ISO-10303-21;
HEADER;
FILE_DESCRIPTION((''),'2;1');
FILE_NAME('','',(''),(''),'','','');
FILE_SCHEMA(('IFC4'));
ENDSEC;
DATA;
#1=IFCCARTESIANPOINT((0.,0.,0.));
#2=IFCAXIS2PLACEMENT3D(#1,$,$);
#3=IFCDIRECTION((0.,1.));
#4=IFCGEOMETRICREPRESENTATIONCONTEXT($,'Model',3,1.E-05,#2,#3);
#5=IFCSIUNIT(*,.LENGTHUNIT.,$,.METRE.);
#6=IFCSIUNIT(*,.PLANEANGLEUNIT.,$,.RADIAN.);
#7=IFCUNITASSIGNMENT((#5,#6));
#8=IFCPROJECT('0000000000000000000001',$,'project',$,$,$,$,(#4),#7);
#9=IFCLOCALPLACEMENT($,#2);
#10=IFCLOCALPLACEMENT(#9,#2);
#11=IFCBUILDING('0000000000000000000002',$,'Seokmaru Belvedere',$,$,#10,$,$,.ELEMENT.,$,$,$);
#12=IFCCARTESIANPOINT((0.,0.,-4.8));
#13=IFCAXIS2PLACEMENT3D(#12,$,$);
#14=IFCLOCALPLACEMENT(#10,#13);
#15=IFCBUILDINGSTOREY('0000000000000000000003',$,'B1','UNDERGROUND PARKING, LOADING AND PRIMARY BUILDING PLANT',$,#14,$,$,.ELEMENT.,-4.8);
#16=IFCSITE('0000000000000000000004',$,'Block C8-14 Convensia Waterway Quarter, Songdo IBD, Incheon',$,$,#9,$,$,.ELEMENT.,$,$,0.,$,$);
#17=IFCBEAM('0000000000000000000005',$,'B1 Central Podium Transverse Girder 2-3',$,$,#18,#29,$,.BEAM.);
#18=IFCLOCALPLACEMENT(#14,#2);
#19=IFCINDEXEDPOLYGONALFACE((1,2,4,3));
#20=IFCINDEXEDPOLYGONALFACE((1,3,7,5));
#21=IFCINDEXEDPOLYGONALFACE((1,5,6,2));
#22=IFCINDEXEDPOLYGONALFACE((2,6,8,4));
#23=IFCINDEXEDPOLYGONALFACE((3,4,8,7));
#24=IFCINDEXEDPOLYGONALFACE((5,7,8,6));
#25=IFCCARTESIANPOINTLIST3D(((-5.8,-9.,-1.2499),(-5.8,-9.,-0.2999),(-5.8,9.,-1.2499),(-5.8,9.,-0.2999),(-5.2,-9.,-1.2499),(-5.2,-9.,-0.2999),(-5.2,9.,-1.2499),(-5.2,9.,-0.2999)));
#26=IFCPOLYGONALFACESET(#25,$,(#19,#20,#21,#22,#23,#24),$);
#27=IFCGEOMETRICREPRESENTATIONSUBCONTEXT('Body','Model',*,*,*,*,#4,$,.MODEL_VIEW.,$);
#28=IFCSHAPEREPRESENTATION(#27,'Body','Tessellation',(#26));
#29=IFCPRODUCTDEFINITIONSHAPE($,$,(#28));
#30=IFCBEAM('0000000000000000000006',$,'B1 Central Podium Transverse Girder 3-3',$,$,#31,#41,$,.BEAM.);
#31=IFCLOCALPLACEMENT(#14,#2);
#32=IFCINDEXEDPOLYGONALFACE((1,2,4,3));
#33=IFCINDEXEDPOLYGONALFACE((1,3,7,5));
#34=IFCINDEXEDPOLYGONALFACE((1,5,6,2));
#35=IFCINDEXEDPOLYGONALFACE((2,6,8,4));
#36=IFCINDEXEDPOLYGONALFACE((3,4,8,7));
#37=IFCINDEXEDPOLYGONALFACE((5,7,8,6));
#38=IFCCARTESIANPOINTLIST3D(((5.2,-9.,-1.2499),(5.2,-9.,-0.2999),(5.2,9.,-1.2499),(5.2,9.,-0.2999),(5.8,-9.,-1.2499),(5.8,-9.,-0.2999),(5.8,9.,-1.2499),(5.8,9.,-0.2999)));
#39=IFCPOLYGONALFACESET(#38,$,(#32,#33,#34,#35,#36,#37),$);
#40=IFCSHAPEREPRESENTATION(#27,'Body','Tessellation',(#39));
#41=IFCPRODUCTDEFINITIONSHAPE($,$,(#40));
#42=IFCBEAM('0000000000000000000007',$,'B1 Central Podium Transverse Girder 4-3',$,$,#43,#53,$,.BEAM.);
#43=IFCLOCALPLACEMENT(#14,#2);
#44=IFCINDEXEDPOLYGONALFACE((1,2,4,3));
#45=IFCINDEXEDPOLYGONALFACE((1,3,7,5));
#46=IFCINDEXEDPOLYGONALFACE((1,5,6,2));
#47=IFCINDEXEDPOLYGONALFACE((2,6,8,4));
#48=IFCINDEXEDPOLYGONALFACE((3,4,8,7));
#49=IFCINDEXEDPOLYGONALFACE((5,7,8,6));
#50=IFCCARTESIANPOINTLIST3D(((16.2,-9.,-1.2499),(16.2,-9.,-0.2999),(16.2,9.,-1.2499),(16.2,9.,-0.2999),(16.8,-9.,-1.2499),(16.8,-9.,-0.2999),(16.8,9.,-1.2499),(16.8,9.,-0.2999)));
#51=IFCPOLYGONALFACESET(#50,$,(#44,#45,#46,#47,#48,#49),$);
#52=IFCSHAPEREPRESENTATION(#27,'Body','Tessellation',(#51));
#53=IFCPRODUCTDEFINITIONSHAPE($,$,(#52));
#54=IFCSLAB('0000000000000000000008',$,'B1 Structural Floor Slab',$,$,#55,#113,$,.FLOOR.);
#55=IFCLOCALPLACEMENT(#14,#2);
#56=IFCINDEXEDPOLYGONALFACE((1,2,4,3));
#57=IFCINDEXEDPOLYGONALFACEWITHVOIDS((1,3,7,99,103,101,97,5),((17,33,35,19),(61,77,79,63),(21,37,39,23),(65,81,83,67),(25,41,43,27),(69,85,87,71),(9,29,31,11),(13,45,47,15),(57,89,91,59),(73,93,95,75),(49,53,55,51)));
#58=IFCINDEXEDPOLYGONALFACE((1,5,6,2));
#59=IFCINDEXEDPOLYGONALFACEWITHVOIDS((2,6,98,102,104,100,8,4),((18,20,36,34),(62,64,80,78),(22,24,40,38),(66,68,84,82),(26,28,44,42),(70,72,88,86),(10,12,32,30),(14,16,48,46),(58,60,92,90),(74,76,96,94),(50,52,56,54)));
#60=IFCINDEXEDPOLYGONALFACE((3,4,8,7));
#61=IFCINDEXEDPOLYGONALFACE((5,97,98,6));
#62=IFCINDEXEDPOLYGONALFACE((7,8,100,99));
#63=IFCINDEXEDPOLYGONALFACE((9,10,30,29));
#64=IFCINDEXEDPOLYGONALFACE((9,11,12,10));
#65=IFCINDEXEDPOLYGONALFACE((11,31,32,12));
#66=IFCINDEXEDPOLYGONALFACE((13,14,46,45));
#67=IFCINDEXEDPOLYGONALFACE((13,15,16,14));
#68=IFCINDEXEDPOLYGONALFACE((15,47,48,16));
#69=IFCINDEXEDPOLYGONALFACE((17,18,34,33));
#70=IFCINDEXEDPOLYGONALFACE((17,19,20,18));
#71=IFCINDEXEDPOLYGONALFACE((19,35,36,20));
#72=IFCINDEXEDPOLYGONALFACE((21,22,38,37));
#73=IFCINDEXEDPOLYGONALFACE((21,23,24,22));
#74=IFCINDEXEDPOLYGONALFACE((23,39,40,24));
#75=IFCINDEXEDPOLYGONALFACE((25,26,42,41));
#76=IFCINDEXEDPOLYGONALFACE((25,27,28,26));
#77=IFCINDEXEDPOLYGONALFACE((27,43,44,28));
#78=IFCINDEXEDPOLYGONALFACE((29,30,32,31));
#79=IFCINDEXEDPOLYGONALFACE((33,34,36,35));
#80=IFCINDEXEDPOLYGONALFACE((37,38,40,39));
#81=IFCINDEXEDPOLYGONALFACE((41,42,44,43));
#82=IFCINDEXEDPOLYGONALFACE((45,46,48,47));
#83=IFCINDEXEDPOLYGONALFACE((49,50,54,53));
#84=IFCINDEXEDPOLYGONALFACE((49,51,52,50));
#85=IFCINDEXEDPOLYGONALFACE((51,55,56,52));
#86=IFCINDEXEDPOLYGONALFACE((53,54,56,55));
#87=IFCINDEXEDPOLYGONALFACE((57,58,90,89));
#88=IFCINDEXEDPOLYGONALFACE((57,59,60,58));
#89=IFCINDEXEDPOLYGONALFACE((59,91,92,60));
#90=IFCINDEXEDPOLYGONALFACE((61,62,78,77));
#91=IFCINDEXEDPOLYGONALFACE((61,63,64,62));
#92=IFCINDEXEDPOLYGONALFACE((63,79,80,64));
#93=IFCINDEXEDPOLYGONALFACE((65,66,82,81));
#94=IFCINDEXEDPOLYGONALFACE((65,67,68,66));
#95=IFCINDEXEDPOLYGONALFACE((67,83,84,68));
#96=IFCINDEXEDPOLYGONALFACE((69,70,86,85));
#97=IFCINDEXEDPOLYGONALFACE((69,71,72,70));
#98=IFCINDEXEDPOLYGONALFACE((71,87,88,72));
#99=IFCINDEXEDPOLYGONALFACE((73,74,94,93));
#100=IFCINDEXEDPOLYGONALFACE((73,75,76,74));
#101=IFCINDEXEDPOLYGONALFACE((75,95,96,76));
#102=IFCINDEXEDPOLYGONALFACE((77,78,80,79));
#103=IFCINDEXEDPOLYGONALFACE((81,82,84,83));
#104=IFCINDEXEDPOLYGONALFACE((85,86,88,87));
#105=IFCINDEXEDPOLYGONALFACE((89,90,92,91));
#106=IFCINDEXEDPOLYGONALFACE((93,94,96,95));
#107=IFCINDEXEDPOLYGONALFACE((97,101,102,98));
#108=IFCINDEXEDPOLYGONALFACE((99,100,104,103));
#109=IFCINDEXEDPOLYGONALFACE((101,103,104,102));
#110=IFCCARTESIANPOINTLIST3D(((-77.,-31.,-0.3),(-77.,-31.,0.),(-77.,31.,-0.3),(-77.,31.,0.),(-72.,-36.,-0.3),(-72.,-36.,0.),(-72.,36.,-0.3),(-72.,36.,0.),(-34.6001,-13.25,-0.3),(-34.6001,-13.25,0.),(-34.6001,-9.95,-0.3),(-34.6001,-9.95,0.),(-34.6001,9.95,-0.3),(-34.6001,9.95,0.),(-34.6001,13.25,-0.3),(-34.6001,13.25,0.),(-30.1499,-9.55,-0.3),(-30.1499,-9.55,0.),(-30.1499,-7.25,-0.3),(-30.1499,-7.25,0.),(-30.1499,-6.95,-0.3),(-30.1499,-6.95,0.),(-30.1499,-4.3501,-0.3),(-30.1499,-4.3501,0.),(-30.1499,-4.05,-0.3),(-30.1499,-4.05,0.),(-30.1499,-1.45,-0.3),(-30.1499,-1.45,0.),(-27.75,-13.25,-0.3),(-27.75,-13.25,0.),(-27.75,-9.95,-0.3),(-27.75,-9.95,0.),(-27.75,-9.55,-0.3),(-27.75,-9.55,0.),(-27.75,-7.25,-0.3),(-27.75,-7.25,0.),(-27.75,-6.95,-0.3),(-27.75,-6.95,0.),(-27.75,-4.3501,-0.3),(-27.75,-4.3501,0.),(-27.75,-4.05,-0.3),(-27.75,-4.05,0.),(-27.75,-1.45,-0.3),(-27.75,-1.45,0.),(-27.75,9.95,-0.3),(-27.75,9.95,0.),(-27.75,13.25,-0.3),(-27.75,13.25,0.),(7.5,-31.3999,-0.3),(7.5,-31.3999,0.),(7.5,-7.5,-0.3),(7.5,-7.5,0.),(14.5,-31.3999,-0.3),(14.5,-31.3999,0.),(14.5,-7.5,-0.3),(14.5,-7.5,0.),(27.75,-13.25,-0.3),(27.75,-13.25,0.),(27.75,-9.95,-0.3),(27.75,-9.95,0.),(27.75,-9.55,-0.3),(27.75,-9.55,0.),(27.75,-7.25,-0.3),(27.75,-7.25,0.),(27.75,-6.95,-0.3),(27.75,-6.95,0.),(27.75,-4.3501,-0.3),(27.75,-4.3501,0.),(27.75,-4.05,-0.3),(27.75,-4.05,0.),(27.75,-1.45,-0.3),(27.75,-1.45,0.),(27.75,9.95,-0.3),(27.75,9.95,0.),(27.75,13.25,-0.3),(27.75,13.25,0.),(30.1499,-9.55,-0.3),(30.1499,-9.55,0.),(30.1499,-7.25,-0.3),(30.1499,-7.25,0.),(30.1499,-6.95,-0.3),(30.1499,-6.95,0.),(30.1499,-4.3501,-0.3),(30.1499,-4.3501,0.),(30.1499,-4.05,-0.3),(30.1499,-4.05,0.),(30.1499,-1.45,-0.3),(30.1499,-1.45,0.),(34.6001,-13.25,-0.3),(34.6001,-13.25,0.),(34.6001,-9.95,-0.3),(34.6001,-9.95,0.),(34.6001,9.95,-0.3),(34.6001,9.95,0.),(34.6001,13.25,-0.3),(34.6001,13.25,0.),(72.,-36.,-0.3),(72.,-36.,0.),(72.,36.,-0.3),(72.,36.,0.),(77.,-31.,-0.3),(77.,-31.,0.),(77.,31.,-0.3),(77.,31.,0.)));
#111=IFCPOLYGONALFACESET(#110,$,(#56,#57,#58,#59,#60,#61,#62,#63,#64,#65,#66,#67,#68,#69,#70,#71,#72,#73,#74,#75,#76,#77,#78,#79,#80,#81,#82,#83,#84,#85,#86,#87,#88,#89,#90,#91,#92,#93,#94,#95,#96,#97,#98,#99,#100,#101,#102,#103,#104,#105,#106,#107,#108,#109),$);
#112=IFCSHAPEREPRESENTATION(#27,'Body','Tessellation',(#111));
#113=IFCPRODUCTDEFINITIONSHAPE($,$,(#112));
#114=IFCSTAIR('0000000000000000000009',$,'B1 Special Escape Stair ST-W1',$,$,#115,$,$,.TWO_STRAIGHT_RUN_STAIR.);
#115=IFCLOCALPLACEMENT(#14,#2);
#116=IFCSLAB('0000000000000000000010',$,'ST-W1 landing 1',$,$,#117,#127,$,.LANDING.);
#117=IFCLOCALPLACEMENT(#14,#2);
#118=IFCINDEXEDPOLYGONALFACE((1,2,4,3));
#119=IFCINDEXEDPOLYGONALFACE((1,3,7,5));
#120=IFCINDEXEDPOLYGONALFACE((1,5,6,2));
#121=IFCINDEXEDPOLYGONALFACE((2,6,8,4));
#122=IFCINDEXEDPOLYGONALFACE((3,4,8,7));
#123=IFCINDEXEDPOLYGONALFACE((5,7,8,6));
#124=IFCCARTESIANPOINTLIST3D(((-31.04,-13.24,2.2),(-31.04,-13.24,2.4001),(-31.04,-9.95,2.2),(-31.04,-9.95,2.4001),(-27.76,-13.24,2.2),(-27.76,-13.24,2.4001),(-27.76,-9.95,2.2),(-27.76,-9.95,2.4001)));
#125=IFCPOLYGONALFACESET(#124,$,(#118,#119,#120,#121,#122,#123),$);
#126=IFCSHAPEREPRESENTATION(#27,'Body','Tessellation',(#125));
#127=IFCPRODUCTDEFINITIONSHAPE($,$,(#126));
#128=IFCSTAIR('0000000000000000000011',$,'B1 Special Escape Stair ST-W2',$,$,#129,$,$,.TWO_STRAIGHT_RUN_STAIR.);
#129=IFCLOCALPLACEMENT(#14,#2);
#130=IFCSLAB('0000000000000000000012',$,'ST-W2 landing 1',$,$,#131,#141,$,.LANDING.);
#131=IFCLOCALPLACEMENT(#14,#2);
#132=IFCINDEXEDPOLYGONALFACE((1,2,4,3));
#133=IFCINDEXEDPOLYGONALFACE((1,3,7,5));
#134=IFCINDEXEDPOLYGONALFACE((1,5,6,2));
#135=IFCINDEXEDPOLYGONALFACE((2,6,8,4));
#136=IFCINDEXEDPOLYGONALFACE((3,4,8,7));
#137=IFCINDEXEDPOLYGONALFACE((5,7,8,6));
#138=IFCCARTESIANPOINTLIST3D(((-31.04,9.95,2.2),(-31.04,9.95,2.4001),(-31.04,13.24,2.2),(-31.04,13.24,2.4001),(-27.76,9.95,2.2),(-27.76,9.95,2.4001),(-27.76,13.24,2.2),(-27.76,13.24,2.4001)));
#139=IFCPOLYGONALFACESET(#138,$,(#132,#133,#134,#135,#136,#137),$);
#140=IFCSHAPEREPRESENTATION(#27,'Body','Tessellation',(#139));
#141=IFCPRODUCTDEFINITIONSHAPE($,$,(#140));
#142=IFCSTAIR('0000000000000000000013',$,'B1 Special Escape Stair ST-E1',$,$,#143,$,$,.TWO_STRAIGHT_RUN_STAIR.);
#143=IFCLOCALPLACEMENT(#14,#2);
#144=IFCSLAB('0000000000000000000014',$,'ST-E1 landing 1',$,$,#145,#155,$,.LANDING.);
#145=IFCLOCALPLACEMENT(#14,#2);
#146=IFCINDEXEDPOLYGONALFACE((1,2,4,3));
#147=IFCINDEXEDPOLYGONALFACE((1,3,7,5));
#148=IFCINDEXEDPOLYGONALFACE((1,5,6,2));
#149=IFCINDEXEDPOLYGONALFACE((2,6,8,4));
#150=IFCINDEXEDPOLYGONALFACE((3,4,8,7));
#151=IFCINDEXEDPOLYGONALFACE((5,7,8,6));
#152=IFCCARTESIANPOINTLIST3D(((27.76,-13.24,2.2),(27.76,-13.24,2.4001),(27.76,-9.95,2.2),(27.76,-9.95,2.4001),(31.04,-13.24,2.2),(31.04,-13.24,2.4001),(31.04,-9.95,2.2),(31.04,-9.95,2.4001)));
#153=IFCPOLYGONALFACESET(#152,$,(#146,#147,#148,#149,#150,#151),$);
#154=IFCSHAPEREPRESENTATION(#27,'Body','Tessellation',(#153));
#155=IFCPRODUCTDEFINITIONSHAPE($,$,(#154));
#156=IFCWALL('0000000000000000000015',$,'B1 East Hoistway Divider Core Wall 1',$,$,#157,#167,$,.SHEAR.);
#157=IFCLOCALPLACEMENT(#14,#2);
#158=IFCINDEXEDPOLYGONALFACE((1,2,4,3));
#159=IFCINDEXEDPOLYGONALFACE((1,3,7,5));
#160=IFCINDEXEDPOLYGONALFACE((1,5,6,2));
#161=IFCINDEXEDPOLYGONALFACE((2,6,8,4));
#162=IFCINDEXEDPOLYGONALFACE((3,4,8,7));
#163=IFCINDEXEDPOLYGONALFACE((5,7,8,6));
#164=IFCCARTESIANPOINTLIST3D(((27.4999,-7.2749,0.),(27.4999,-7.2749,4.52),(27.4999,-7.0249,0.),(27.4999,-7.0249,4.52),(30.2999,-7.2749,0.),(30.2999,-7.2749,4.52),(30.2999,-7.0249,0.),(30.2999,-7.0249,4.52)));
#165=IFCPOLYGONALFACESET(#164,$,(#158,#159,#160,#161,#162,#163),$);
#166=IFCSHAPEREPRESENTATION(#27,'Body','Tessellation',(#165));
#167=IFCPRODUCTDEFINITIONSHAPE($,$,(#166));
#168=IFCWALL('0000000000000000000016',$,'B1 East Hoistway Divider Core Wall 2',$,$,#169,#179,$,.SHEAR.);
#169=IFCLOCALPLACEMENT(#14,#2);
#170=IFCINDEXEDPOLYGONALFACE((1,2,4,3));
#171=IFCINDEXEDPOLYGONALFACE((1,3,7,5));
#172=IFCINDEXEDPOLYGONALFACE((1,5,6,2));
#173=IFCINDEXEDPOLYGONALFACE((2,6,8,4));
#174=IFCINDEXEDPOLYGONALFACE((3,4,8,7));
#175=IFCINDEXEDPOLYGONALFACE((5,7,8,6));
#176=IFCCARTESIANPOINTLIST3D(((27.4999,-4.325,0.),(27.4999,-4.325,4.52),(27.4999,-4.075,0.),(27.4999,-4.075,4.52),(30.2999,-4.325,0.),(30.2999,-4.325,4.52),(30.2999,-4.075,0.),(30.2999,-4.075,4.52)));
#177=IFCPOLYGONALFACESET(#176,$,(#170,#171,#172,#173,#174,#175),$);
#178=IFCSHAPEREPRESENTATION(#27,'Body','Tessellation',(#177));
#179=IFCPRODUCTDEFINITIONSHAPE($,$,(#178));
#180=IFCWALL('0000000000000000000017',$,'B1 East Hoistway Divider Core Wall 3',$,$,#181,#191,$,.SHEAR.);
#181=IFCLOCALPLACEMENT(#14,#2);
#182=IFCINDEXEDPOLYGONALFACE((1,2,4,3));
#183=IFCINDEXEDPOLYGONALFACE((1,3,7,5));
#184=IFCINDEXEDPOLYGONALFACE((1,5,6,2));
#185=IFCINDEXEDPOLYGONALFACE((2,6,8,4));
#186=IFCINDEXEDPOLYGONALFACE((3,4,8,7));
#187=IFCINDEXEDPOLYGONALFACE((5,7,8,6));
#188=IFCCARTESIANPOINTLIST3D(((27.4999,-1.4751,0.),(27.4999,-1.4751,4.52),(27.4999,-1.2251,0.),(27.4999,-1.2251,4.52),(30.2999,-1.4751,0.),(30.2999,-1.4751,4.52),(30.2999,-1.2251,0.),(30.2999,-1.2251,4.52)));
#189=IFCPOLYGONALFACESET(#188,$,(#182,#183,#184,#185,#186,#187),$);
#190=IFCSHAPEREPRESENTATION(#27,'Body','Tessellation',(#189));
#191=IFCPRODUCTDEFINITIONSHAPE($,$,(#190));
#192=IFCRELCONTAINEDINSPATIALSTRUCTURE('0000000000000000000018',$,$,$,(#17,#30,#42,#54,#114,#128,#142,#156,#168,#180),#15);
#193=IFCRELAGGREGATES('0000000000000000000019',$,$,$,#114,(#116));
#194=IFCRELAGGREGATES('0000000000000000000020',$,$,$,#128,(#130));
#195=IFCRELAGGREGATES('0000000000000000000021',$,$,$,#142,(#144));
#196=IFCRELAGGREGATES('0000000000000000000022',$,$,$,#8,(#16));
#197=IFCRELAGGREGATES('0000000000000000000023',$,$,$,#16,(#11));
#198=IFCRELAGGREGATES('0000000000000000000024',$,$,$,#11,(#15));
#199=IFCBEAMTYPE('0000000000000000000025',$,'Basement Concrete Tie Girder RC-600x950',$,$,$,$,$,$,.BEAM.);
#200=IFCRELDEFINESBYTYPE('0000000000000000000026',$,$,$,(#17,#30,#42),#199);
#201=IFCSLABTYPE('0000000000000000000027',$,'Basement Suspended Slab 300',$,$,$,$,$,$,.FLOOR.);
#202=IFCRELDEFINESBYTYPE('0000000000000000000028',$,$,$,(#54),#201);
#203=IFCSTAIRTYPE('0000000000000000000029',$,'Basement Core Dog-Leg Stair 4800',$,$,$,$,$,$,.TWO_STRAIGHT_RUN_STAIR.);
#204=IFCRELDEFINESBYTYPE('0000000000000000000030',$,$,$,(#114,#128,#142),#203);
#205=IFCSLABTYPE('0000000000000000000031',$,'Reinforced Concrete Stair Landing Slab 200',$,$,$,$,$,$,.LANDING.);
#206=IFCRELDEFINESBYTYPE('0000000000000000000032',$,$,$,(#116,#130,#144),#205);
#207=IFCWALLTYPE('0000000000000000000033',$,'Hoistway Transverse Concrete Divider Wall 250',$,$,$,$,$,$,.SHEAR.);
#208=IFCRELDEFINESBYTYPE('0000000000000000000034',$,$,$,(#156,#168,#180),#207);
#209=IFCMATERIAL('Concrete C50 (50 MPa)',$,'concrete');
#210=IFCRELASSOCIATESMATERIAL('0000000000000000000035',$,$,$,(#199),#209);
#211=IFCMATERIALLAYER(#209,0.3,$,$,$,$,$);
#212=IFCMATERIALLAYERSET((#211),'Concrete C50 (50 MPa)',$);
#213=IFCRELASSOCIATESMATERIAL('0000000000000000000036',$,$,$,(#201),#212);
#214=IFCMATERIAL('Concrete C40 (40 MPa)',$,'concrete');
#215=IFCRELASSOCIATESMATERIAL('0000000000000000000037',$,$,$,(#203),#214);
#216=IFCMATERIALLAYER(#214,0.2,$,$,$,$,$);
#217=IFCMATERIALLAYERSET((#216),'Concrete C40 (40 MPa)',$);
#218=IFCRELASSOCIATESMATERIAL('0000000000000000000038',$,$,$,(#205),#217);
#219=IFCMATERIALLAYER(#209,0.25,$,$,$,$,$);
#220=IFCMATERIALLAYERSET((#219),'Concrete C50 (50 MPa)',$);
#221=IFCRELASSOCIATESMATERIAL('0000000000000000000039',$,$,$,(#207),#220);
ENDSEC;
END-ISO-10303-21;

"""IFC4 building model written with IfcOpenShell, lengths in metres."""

from ifc_helpers import new_model, si_unit, direction, frame, frame_2d, origin, origin_2d, place, context, subcontext, project, spatial, polyline, rectangle, outline, extrude, source, transform, mapped, material, layer, layer_set, material_profile, profile_set, type_object, element, aggregate, save


model = new_model("IFC4")

# Units and contexts
model_context = context("Model", 3, precision=1e-05, world=origin(), true_north=direction((0.0, 1.0)))
body_context = subcontext(model_context, "Body", "Model", "MODEL_VIEW")
ifc_project = project(units=[si_unit("LENGTHUNIT", "METRE"), si_unit("PLANEANGLEUNIT", "RADIAN")], contexts=[model_context])

# Site, building, storey
site_placement = place(None, origin())
site = spatial("IfcSite", under=ifc_project, at=site_placement, Name="Block C8-14 Convensia Waterway Quarter, Songdo IBD, Incheon", CompositionType="ELEMENT", RefElevation=0.0)
building_placement = place(site_placement, origin())
building = spatial("IfcBuilding", under=site, at=building_placement, Name="Seokmaru Belvedere", CompositionType="ELEMENT")
storey_placement = place(building_placement, frame((0.0, 0.0, -4.8)))
storey = spatial("IfcBuildingStorey", under=building, at=storey_placement, Name="B1", Description="UNDERGROUND PARKING, LOADING AND PRIMARY BUILDING PLANT", CompositionType="ELEMENT", Elevation=-4.8)

# Beams
ifc_material_1 = material(Name="Concrete C50 (50 MPa)", Category="concrete")
ifc_material_profile_1 = material_profile(ifc_material_1, rectangle(XDim=0.6001, YDim=0.95, at=origin_2d()), Name="RC-600x950")
ifc_profile_set_1 = profile_set([ifc_material_profile_1], Name="Concrete C50 (50 MPa)")
beam_type_1 = type_object("IfcBeamType", Name="Basement Concrete Tie Girder RC-600x950", PredefinedType="BEAM", material=ifc_profile_set_1)
shared_shape_1 = source(origin(), body_context, "Body", "SweptSolid", [
    extrude(rectangle(XDim=0.6001, YDim=0.95, at=origin_2d()), origin(), (0.0, 0.0, 1.0), 18.0),
])
for number, where, z_axis, x_axis, name in (
    (1, (-5.5, -9.0, -0.7749), (0.0, 1.0, 0.0), (-1.0, 0.0, 0.0), "B1 Central Podium Transverse Girder 2-3"),
    (2, (5.5, -9.0, -0.7749), (0.0, 1.0, 0.0), (-1.0, 0.0, 0.0), "B1 Central Podium Transverse Girder 3-3"),
    (3, (16.5, -9.0, -0.7749), (0.0, 1.0, 0.0), (-1.0, 0.0, 0.0), "B1 Central Podium Transverse Girder 4-3"),
):
    element("IfcBeam", number, at=place(storey_placement, frame(where, z_axis=z_axis, x_axis=x_axis)), inside=storey, type_object=beam_type_1, Name=name, PredefinedType="BEAM", context=body_context, shape_type="MappedRepresentation", body=[
        mapped(shared_shape_1, transform((0.0, 0.0, 0.0), scale=1.0)),
    ])

# Slab
ifc_layer_1 = layer(ifc_material_1, 0.3)
ifc_layer_set_1 = layer_set([ifc_layer_1], Name="Concrete C50 (50 MPa)")
slab_type_1 = type_object("IfcSlabType", Name="Basement Suspended Slab 300", PredefinedType="FLOOR", material=ifc_layer_set_1)
slab_1_placement = place(storey_placement, frame((0.0, 0.0, -0.3)))
element("IfcSlab", 4, at=slab_1_placement, inside=storey, type_object=slab_type_1, Name="B1 Structural Floor Slab", PredefinedType="FLOOR", context=body_context, shape_type="SweptSolid", body=[
    extrude(outline(polyline([(-72.0, -36.0), (72.0, -36.0), (77.0, -31.0), (77.0, 31.0), (72.0, 36.0), (-72.0, 36.0), (-77.0, 31.0), (-77.0, -31.0), (-72.0, -36.0)]), holes=[polyline([(-34.6001, -13.25), (-27.75, -13.25), (-27.75, -9.95), (-34.6001, -9.95), (-34.6001, -13.25)]), polyline([(-34.6001, 9.95), (-27.75, 9.95), (-27.75, 13.25), (-34.6001, 13.25), (-34.6001, 9.95)]), polyline([(27.75, -13.25), (34.6001, -13.25), (34.6001, -9.95), (27.75, -9.95), (27.75, -13.25)]), polyline([(27.75, 9.95), (34.6001, 9.95), (34.6001, 13.25), (27.75, 13.25), (27.75, 9.95)]), polyline([(-30.1499, -9.55), (-27.75, -9.55), (-27.75, -7.25), (-30.1499, -7.25), (-30.1499, -9.55)]), polyline([(-30.1499, -6.95), (-27.75, -6.95), (-27.75, -4.3501), (-30.1499, -4.3501), (-30.1499, -6.95)]), polyline([(-30.1499, -4.05), (-27.75, -4.05), (-27.75, -1.45), (-30.1499, -1.45), (-30.1499, -4.05)]), polyline([(27.75, -9.55), (30.1499, -9.55), (30.1499, -7.25), (27.75, -7.25), (27.75, -9.55)]), polyline([(27.75, -6.95), (30.1499, -6.95), (30.1499, -4.3501), (27.75, -4.3501), (27.75, -6.95)]), polyline([(27.75, -4.05), (30.1499, -4.05), (30.1499, -1.45), (27.75, -1.45), (27.75, -4.05)]), polyline([(7.5, -31.3999), (14.5, -31.3999), (14.5, -7.5), (7.5, -7.5), (7.5, -31.3999)])]), origin(), (0.0, 0.0, 1.0), 0.3),
])

# Stairs, slabs
ifc_material_2 = material(Name="Concrete C40 (40 MPa)", Category="concrete")
stair_type = type_object("IfcStairType", Name="Basement Core Dog-Leg Stair 4800", PredefinedType="TWO_STRAIGHT_RUN_STAIR", material=ifc_material_2)
stair_1_placement = place(storey_placement, origin())
stair_1 = element("IfcStair", 5, at=stair_1_placement, inside=storey, type_object=stair_type, Name="B1 Special Escape Stair ST-W1", PredefinedType="TWO_STRAIGHT_RUN_STAIR")
ifc_layer_2 = layer(ifc_material_2, 0.2)
ifc_layer_set_2 = layer_set([ifc_layer_2], Name="Concrete C40 (40 MPa)")
slab_type_2 = type_object("IfcSlabType", Name="Reinforced Concrete Stair Landing Slab 200", PredefinedType="LANDING", material=ifc_layer_set_2)
slab_2_placement = place(storey_placement, frame((0.0, 0.0, 2.2)))
slab_2 = element("IfcSlab", 6, at=slab_2_placement, type_object=slab_type_2, Name="ST-W1 landing 1", PredefinedType="LANDING", context=body_context, shape_type="SweptSolid", body=[
    extrude(outline(polyline([(-31.04, -13.24), (-27.76, -13.24), (-27.76, -9.95), (-31.04, -9.95), (-31.04, -13.24)])), origin(), (0.0, 0.0, 1.0), 0.2002),
])
aggregate(stair_1, [slab_2])
stair_2_placement = place(storey_placement, origin())
stair_2 = element("IfcStair", 7, at=stair_2_placement, inside=storey, type_object=stair_type, Name="B1 Special Escape Stair ST-W2", PredefinedType="TWO_STRAIGHT_RUN_STAIR")
slab_3_placement = place(storey_placement, frame((0.0, 0.0, 2.2)))
slab_3 = element("IfcSlab", 8, at=slab_3_placement, type_object=slab_type_2, Name="ST-W2 landing 1", PredefinedType="LANDING", context=body_context, shape_type="SweptSolid", body=[
    extrude(outline(polyline([(-31.04, 9.95), (-27.76, 9.95), (-27.76, 13.24), (-31.04, 13.24), (-31.04, 9.95)])), origin(), (0.0, 0.0, 1.0), 0.2002),
])
aggregate(stair_2, [slab_3])
stair_3_placement = place(storey_placement, origin())
stair_3 = element("IfcStair", 9, at=stair_3_placement, inside=storey, type_object=stair_type, Name="B1 Special Escape Stair ST-E1", PredefinedType="TWO_STRAIGHT_RUN_STAIR")
slab_4_placement = place(storey_placement, frame((0.0, 0.0, 2.2)))
slab_4 = element("IfcSlab", 10, at=slab_4_placement, type_object=slab_type_2, Name="ST-E1 landing 1", PredefinedType="LANDING", context=body_context, shape_type="SweptSolid", body=[
    extrude(outline(polyline([(27.76, -13.24), (31.04, -13.24), (31.04, -9.95), (27.76, -9.95), (27.76, -13.24)])), origin(), (0.0, 0.0, 1.0), 0.2002),
])
aggregate(stair_3, [slab_4])

# Walls
ifc_layer_3 = layer(ifc_material_1, 0.25)
ifc_layer_set_3 = layer_set([ifc_layer_3], Name="Concrete C50 (50 MPa)")
wall_type_1 = type_object("IfcWallType", Name="Hoistway Transverse Concrete Divider Wall 250", PredefinedType="SHEAR", material=ifc_layer_set_3)
for number, where, z_axis, x_axis, name in (
    (11, (27.5, -7.1499, 0.0), (0.0, 0.0, 1.0), (1.0, 0.0, 0.0), "B1 East Hoistway Divider Core Wall 1"),
    (12, (27.5, -4.2, 0.0), (0.0, 0.0, 1.0), (1.0, 0.0, 0.0), "B1 East Hoistway Divider Core Wall 2"),
    (13, (27.5, -1.3501, 0.0), (0.0, 0.0, 1.0), (1.0, 0.0, 0.0), "B1 East Hoistway Divider Core Wall 3"),
):
    element("IfcWall", number, at=place(storey_placement, frame(where, z_axis=z_axis, x_axis=x_axis)), inside=storey, type_object=wall_type_1, Name=name, PredefinedType="SHEAR", context=body_context, shape_type="SweptSolid", body=[
        extrude(rectangle(XDim=2.8, YDim=0.25, at=frame_2d((1.3999, 0.0))), origin(), (0.0, 0.0, 1.0), 4.52),
    ])

save(model, "model.ifc")
